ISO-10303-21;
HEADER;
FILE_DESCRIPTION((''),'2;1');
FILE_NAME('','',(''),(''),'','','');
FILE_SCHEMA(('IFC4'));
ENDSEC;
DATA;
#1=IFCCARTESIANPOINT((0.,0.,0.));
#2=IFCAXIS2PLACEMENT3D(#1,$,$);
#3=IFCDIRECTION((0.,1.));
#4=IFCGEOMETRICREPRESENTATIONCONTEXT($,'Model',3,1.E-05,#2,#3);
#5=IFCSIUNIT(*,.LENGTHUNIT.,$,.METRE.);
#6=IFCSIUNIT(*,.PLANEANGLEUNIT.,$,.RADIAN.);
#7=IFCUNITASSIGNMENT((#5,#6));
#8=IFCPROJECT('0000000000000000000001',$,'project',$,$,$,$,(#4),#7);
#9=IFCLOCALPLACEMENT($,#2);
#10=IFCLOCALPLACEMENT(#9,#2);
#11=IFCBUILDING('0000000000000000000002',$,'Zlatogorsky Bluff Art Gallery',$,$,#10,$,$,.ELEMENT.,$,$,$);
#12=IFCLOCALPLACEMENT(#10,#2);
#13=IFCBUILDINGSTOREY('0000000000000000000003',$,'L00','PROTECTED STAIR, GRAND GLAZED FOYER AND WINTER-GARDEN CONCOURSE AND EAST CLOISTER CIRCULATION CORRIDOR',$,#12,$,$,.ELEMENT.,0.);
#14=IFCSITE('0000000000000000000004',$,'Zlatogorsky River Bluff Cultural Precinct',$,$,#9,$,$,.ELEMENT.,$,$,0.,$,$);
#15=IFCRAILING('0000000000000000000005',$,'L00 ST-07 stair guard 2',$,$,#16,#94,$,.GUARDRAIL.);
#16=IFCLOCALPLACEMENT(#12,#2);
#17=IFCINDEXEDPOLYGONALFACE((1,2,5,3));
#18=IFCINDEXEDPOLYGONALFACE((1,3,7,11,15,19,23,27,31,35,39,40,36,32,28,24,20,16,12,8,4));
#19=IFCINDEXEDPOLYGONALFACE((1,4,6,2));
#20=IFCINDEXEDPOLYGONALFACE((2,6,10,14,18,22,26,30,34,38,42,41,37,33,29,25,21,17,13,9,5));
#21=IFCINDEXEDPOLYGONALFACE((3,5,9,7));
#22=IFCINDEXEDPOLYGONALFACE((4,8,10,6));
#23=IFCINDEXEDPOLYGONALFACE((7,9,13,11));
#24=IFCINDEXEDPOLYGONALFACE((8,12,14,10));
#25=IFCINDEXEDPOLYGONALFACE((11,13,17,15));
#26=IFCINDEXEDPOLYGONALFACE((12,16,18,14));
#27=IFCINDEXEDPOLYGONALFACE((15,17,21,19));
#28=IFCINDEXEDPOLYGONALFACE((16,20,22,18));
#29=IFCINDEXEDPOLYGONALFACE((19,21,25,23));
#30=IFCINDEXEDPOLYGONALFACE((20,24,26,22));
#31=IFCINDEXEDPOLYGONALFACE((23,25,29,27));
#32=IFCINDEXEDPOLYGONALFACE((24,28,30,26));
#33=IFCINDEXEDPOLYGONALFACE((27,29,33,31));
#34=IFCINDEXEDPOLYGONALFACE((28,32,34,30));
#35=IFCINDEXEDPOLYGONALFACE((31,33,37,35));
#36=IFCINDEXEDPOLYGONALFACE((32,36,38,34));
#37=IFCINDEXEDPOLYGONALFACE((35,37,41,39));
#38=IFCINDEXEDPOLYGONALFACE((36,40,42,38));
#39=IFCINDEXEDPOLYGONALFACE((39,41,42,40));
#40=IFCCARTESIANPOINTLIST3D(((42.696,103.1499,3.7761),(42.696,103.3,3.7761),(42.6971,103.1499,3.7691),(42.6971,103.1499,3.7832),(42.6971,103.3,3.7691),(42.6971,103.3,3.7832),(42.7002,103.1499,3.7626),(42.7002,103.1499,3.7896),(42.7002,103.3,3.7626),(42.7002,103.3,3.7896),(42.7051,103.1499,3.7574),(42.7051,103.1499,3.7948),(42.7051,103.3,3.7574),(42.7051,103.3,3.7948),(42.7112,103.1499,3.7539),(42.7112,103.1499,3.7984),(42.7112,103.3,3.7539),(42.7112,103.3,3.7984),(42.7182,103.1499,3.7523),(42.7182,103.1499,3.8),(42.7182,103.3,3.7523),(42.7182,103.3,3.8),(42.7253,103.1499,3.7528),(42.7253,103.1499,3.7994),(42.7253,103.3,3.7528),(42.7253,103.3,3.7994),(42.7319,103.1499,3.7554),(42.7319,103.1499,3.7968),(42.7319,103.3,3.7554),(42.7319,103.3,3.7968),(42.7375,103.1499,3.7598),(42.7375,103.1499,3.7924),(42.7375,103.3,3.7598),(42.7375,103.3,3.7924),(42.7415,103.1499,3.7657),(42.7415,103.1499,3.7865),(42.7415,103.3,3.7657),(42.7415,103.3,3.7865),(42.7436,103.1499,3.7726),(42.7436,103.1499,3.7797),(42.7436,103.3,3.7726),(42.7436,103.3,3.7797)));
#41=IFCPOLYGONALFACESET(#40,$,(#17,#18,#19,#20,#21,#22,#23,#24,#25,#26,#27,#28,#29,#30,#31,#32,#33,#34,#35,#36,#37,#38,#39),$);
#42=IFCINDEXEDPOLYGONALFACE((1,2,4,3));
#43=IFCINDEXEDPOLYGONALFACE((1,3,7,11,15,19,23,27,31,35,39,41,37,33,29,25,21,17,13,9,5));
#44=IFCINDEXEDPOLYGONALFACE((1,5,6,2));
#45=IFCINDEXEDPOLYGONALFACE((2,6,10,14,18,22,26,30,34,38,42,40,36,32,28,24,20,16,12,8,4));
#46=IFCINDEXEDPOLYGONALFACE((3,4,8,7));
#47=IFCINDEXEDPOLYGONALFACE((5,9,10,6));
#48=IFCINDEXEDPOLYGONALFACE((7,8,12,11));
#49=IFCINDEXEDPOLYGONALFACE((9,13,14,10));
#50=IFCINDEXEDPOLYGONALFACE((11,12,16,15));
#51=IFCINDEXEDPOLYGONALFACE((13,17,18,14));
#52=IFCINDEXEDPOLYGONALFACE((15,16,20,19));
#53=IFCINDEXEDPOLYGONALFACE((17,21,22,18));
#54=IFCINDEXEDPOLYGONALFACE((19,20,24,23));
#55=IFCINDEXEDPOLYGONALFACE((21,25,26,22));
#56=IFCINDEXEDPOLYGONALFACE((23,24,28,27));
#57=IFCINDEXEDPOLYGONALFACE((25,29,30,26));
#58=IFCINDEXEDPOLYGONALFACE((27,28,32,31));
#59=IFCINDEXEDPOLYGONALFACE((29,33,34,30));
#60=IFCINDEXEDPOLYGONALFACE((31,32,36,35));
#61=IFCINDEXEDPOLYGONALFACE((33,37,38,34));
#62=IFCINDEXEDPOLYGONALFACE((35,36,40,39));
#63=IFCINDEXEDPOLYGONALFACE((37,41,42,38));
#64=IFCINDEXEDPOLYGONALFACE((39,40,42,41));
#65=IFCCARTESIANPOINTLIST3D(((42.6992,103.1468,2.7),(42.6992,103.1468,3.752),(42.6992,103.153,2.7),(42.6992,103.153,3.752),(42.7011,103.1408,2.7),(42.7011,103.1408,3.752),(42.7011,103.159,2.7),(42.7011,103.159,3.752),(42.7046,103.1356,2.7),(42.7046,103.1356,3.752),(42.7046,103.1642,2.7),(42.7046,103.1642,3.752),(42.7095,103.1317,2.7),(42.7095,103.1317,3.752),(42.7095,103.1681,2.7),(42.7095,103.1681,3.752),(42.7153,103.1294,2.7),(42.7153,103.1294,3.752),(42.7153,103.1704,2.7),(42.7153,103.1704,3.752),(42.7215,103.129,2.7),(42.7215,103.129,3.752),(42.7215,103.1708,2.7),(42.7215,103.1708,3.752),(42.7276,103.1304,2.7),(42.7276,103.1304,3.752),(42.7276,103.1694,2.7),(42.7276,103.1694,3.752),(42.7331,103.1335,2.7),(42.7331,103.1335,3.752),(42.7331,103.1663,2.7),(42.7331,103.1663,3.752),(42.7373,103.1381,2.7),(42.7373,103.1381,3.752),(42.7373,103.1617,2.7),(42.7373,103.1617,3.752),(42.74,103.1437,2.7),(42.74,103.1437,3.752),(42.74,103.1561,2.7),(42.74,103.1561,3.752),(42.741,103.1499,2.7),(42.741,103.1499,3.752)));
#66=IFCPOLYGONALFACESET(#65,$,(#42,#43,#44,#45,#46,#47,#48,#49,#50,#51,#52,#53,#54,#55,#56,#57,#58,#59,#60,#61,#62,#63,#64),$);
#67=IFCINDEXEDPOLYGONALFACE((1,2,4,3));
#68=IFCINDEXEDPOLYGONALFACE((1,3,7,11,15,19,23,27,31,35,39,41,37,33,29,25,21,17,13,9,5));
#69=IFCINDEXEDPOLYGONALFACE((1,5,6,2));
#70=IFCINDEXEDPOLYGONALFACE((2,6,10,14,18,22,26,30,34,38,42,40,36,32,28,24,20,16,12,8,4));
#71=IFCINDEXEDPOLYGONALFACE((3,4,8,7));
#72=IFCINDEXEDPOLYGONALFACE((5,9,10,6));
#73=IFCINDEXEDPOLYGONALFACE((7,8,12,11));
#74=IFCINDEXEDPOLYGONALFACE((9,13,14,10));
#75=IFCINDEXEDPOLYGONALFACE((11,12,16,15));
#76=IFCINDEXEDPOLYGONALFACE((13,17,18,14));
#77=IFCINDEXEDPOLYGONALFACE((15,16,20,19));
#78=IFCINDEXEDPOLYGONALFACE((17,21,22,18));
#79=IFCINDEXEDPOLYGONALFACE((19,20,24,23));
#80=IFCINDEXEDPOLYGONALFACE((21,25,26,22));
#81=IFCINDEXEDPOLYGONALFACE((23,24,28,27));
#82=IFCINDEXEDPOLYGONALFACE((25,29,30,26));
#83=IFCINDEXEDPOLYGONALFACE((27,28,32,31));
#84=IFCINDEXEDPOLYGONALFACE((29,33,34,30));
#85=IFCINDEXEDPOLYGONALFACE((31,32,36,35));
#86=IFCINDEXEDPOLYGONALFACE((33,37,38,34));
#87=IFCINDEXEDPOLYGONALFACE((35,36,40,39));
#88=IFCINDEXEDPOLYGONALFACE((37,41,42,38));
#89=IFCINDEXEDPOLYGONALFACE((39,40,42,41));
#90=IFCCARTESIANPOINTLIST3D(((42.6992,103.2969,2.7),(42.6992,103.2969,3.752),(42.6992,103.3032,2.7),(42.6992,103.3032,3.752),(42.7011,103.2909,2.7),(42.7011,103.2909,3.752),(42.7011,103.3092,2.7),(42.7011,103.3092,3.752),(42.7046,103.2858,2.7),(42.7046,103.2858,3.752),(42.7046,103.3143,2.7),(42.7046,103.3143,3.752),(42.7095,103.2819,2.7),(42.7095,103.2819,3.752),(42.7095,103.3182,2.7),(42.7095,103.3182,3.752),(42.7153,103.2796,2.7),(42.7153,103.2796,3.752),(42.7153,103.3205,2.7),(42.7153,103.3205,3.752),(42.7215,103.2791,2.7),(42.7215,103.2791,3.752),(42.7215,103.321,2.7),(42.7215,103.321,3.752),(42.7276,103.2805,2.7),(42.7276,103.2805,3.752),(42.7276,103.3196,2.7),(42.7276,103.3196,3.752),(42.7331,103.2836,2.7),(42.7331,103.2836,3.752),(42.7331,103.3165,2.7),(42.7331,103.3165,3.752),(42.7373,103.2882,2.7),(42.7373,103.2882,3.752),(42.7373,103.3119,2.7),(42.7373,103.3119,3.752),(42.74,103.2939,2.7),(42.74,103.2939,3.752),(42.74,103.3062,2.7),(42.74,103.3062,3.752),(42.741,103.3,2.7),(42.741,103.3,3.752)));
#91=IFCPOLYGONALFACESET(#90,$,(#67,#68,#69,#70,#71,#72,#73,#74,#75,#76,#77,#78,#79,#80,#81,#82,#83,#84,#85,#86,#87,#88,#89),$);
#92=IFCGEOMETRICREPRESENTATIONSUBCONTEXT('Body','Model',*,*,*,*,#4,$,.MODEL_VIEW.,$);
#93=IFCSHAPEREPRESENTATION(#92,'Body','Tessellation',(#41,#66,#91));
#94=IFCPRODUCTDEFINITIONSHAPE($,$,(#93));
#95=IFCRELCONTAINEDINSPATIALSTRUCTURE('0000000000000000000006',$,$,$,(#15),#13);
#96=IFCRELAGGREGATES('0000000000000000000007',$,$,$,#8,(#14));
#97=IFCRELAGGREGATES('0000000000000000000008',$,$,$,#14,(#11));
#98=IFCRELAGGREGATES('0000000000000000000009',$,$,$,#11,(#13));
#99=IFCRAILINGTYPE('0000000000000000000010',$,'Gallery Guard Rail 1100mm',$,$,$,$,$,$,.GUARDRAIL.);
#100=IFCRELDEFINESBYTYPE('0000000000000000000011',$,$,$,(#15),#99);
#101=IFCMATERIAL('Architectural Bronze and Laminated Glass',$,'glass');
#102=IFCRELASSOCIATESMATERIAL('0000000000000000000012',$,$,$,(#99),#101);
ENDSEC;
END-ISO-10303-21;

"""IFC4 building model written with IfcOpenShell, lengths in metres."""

from ifc_helpers import new_model, si_unit, direction, frame, origin, origin_2d, place, context, subcontext, project, spatial, circle, extrude, material, type_object, element, save


model = new_model("IFC4")

# Units and contexts
model_context = context("Model", 3, precision=1e-05, world=origin(), true_north=direction((0.0, 1.0)))
body_context = subcontext(model_context, "Body", "Model", "MODEL_VIEW")
ifc_project = project(units=[si_unit("LENGTHUNIT", "METRE"), si_unit("PLANEANGLEUNIT", "RADIAN")], contexts=[model_context])

# Site, building, storey
site_placement = place(None, origin())
site = spatial("IfcSite", under=ifc_project, at=site_placement, Name="Zlatogorsky River Bluff Cultural Precinct", CompositionType="ELEMENT", RefElevation=0.0)
building_placement = place(site_placement, origin())
building = spatial("IfcBuilding", under=site, at=building_placement, Name="Zlatogorsky Bluff Art Gallery", CompositionType="ELEMENT")
storey_placement = place(building_placement, origin())
storey = spatial("IfcBuildingStorey", under=building, at=storey_placement, Name="L00", Description="PROTECTED STAIR, GRAND GLAZED FOYER AND WINTER-GARDEN CONCOURSE AND EAST CLOISTER CIRCULATION CORRIDOR", CompositionType="ELEMENT", Elevation=0.0)

# Railing
ifc_material_1 = material(Name="Architectural Bronze and Laminated Glass", Category="glass")
railing_type_1 = type_object("IfcRailingType", Name="Gallery Guard Rail 1100mm", PredefinedType="GUARDRAIL", material=ifc_material_1)
railing_1_placement = place(storey_placement, frame((42.72, 103.1499, 2.7)))
element("IfcRailing", 1, at=railing_1_placement, inside=storey, type_object=railing_type_1, Name="L00 ST-07 stair guard 2", PredefinedType="GUARDRAIL", context=body_context, shape_type="SweptSolid", body=[
    extrude(circle(Radius=0.0239, at=origin_2d()), frame((0.0, 0.0, 1.0762), z_axis=(0.0, 1.0, 0.0), x_axis=(-1.0, 0.0, 0.0)), (0.0, 0.0, 1.0), 0.1501),
    extrude(circle(Radius=0.021, at=origin_2d()), origin(), (0.0, 0.0, 1.0), 1.052),
    extrude(circle(Radius=0.021, at=origin_2d()), frame((0.0, 0.1501, 0.0)), (0.0, 0.0, 1.0), 1.052),
])

save(model, "model.ifc")
